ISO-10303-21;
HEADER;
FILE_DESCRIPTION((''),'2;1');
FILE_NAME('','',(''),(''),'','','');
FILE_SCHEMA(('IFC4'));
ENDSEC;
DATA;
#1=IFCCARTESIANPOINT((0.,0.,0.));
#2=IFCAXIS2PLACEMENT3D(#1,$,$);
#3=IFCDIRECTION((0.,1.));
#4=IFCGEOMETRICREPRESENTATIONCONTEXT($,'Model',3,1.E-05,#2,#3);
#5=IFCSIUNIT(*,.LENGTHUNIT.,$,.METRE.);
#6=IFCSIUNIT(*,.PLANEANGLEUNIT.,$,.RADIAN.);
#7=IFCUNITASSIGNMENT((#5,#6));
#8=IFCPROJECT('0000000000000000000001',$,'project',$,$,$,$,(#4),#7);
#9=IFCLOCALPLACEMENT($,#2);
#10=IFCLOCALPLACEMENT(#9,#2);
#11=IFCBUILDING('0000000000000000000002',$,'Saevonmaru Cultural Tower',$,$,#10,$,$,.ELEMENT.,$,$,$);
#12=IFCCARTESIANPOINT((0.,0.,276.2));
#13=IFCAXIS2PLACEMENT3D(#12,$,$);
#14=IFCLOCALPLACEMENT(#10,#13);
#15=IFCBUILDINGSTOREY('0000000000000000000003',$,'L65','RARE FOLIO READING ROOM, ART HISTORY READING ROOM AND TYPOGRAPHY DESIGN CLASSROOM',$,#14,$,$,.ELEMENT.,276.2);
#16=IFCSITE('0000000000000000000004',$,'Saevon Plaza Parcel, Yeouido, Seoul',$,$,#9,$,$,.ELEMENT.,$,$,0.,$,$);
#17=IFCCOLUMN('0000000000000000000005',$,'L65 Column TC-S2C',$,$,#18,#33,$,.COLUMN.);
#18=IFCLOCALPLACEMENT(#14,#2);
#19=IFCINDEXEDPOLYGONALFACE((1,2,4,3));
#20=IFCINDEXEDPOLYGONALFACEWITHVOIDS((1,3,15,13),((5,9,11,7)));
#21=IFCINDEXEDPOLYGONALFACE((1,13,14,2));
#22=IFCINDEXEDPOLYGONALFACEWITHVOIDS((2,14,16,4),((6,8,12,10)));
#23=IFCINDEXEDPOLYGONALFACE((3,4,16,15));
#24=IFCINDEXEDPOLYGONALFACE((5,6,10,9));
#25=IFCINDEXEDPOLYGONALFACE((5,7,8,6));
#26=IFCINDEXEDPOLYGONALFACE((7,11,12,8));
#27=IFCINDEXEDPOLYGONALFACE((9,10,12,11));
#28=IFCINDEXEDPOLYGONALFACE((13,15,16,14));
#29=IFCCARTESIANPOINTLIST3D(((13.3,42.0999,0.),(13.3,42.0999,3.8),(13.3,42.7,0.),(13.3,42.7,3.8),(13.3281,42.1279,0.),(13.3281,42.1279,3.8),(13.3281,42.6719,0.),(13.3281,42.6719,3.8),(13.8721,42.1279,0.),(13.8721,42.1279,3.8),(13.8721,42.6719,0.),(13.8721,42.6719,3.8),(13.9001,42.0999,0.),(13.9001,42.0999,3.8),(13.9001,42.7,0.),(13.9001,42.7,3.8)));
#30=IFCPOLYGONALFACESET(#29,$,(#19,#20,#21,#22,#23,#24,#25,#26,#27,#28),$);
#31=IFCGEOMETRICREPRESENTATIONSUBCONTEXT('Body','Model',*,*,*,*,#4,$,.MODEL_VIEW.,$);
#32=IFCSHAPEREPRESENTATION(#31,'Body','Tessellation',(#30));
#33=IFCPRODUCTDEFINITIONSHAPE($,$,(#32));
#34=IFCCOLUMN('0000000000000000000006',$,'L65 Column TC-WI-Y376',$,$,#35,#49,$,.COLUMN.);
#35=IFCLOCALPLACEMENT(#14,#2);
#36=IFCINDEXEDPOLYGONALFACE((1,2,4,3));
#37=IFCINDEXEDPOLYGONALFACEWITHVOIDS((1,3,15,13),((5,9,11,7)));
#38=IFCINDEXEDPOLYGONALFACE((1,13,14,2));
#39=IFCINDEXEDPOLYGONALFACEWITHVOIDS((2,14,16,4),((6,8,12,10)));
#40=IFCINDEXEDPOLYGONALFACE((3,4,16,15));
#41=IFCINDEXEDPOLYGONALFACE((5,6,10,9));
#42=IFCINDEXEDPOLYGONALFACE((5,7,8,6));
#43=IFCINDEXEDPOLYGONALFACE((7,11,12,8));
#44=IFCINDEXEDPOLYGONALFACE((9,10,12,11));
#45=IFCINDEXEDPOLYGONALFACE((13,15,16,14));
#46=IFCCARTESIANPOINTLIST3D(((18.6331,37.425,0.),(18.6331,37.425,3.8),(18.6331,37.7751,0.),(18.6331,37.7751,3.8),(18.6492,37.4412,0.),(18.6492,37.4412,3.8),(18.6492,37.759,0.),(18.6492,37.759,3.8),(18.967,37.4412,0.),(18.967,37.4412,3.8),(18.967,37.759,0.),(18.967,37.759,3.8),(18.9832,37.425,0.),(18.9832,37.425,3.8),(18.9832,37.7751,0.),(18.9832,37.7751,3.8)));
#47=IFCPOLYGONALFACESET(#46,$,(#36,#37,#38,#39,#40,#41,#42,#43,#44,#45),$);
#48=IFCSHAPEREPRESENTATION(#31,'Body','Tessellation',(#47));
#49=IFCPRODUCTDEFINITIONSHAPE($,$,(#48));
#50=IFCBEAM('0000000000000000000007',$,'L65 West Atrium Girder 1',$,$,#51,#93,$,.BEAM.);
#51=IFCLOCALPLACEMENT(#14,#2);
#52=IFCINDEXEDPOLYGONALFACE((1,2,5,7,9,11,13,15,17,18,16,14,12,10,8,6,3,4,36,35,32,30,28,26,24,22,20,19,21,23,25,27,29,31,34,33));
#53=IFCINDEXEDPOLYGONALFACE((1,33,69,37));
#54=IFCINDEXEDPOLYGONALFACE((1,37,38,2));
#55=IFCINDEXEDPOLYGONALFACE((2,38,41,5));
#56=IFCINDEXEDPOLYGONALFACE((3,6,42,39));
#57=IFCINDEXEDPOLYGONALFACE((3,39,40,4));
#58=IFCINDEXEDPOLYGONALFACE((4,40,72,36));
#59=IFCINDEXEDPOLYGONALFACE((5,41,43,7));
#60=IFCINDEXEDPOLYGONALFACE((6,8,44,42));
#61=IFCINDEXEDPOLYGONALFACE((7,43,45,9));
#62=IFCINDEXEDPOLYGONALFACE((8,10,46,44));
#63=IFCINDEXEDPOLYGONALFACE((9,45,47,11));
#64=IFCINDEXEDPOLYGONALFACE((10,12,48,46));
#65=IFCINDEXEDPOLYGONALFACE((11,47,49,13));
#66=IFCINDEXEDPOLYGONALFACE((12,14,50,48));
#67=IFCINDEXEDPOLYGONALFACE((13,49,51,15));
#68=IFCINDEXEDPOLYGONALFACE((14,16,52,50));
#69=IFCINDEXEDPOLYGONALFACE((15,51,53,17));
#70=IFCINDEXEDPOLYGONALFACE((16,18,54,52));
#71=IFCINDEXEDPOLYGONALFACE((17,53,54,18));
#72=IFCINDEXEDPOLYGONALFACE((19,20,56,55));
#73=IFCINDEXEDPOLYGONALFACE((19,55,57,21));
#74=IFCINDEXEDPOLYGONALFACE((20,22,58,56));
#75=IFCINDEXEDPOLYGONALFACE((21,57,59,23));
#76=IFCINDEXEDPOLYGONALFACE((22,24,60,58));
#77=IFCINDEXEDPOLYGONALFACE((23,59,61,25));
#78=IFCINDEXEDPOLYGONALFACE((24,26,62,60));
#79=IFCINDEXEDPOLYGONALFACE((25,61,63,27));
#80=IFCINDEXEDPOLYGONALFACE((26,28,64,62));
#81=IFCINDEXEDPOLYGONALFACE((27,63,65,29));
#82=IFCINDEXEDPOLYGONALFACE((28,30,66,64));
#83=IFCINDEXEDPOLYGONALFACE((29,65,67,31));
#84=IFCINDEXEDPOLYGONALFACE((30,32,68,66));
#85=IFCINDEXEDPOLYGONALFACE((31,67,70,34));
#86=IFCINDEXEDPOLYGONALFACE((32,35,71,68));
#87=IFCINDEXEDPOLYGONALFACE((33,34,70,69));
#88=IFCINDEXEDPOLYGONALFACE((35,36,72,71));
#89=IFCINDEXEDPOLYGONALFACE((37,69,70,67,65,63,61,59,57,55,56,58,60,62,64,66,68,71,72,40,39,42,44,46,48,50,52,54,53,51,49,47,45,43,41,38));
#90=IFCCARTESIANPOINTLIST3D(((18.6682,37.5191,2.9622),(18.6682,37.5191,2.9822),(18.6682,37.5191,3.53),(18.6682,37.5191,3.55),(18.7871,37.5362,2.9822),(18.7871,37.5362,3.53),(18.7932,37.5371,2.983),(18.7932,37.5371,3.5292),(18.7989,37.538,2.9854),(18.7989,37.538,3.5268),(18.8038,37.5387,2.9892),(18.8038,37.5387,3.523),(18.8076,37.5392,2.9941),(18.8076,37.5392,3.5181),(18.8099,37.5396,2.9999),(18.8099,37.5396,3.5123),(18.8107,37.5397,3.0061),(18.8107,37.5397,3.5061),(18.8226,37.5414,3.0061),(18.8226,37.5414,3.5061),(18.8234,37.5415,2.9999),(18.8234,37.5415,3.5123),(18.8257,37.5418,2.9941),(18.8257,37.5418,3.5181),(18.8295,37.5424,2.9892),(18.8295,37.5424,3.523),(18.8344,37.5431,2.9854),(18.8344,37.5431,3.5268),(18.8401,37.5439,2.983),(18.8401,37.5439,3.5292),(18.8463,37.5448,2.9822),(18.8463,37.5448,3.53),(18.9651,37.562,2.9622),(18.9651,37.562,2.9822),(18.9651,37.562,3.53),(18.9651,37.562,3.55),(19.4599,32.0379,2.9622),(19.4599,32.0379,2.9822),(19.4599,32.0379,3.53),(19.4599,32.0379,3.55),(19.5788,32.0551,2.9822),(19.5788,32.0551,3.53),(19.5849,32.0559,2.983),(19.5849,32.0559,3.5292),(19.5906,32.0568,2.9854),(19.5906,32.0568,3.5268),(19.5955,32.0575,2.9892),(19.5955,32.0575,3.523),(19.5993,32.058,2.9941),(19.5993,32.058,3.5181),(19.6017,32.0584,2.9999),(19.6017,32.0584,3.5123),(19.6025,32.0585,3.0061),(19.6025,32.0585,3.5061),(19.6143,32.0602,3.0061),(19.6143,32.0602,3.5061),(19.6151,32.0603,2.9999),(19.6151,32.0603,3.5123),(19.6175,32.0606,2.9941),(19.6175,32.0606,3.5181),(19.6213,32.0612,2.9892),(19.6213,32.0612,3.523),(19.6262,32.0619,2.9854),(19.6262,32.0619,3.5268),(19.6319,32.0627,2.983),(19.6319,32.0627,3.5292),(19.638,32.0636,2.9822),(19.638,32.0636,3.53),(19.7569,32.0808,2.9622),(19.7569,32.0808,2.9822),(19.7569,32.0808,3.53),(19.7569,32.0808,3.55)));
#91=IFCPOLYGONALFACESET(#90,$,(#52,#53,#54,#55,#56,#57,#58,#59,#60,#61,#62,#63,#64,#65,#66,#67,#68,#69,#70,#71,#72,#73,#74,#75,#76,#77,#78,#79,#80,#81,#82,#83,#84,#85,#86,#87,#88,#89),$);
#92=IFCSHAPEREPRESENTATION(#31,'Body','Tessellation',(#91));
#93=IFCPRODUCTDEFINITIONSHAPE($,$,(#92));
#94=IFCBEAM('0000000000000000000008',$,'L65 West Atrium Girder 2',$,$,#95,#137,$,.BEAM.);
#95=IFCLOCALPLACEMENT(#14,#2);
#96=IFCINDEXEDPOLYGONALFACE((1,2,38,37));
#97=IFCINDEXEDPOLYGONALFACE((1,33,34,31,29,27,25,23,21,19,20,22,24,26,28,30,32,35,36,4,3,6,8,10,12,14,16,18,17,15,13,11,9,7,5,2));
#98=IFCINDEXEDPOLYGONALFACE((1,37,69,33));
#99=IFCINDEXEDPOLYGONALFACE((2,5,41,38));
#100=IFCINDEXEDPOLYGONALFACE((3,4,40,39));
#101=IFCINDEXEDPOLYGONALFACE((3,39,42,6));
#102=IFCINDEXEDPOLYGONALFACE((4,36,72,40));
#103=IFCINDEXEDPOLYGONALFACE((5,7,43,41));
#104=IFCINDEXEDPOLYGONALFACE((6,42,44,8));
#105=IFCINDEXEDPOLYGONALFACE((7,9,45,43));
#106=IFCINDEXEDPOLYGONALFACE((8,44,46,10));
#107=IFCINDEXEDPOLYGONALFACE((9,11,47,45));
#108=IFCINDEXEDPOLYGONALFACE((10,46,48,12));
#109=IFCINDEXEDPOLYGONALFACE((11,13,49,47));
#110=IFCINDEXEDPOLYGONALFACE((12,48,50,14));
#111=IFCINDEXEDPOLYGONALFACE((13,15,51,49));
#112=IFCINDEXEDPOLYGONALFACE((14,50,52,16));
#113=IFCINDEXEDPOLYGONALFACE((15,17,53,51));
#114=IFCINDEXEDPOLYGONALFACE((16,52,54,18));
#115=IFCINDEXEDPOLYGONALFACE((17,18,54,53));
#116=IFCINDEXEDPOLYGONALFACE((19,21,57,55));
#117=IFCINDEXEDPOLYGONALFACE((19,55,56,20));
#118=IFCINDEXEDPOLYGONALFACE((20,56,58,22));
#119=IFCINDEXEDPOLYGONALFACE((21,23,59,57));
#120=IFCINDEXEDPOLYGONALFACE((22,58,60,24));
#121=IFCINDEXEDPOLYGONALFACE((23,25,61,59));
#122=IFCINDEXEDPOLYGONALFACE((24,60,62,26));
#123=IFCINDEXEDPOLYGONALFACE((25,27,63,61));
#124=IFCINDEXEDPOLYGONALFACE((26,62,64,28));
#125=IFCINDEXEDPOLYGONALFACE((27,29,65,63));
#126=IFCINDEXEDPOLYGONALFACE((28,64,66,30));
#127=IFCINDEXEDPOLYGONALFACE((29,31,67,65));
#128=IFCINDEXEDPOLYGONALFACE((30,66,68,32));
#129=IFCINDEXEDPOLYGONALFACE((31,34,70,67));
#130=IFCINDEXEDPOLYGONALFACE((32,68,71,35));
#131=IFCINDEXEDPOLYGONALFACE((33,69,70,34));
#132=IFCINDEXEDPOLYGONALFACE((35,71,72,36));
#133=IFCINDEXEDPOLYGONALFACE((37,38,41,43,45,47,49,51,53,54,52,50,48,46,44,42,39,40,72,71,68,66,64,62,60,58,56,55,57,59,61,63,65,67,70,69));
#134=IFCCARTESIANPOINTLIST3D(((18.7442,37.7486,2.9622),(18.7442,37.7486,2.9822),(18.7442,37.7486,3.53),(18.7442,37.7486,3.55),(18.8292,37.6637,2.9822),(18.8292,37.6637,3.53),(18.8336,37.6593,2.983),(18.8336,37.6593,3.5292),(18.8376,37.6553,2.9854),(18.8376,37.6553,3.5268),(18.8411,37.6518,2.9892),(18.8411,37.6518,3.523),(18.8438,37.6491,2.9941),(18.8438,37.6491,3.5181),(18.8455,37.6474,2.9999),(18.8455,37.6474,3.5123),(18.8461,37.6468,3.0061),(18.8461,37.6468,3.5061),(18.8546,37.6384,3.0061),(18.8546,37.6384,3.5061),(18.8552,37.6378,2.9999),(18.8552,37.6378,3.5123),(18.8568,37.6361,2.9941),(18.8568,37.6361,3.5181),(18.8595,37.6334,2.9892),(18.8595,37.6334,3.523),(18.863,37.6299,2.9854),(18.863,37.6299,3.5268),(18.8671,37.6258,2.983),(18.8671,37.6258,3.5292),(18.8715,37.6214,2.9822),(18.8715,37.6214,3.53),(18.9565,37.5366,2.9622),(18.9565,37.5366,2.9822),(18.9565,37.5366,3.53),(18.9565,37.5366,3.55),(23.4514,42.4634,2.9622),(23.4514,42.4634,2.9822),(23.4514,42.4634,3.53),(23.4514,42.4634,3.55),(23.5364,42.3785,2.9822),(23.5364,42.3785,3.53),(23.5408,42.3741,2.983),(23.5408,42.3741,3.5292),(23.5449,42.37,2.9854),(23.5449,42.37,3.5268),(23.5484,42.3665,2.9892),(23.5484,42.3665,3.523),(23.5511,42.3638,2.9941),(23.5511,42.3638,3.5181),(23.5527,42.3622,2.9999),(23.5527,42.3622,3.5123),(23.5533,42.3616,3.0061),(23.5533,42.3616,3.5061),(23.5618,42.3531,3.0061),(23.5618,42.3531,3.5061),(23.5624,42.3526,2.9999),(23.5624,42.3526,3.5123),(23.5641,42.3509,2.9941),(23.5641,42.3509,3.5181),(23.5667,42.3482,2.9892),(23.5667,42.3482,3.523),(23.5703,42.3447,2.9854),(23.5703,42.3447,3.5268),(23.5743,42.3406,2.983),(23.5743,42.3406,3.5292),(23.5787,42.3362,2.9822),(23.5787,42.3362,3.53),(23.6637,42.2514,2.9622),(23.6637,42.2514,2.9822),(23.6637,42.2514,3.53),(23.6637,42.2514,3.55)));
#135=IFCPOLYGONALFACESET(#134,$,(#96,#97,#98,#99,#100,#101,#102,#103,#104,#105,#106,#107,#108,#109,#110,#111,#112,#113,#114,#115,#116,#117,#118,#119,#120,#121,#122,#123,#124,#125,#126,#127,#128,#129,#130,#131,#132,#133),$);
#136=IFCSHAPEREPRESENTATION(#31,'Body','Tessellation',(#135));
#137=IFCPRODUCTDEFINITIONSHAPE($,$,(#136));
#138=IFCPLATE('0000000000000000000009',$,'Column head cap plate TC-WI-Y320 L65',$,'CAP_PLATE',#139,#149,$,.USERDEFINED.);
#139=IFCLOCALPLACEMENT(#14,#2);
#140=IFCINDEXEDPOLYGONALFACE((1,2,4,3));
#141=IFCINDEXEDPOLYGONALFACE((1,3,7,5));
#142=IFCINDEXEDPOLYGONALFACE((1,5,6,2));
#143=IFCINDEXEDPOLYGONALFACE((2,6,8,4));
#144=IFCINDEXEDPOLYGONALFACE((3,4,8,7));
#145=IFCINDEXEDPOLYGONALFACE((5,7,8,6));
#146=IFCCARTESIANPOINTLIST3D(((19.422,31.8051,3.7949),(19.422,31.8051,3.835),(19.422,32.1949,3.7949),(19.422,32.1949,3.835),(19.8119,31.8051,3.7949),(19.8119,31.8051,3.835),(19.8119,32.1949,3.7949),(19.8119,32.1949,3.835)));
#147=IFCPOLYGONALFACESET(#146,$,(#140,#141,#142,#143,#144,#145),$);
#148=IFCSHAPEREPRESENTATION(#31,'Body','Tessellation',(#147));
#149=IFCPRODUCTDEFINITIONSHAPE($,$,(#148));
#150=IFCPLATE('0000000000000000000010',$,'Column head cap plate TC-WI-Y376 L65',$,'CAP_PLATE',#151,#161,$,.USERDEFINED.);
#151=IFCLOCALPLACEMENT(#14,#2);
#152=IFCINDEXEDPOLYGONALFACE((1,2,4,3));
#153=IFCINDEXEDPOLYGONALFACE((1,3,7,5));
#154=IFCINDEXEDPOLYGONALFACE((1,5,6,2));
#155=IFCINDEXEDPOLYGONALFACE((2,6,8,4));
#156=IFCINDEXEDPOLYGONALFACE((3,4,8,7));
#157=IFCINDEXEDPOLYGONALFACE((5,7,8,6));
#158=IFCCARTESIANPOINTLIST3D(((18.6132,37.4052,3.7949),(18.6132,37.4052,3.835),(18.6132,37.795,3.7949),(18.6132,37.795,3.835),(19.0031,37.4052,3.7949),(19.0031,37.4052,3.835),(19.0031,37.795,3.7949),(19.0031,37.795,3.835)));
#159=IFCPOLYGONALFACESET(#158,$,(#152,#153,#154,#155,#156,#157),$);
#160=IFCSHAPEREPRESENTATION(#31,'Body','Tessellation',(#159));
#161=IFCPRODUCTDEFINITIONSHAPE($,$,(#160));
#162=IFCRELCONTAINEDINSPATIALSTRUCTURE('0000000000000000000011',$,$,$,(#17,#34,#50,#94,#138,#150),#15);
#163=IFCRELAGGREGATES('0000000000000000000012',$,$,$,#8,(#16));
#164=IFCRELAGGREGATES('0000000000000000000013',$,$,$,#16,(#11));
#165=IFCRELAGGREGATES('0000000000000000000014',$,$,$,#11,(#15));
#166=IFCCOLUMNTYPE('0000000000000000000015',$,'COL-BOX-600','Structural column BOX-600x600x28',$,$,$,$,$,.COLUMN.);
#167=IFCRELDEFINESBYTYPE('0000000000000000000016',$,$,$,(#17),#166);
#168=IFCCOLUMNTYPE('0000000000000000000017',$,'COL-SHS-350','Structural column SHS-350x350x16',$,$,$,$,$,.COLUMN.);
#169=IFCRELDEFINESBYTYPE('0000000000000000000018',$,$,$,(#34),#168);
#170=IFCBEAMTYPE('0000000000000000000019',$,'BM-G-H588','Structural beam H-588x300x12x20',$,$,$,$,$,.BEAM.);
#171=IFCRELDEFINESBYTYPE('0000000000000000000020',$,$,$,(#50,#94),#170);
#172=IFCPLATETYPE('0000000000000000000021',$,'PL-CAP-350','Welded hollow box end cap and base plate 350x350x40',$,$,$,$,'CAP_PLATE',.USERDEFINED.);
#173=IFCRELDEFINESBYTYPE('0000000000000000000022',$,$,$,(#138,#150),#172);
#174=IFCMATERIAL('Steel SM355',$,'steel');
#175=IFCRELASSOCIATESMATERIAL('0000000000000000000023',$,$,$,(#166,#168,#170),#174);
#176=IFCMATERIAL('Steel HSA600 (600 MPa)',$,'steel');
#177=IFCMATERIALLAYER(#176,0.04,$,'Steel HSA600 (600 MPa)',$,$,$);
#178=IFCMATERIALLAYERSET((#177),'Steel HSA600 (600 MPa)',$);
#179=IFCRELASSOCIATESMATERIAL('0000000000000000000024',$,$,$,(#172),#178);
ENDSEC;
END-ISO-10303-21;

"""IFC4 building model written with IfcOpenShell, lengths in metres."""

from ifc_helpers import new_model, si_unit, direction, frame, origin, origin_2d, place, context, subcontext, project, spatial, rectangle, hollow_rectangle, i_section, extrude, material, layer, layer_set, material_profile, profile_set, type_object, element, save


model = new_model("IFC4")

# Units and contexts
model_context = context("Model", 3, precision=1e-05, world=origin(), true_north=direction((0.0, 1.0)))
body_context = subcontext(model_context, "Body", "Model", "MODEL_VIEW")
ifc_project = project(units=[si_unit("LENGTHUNIT", "METRE"), si_unit("PLANEANGLEUNIT", "RADIAN")], contexts=[model_context])

# Site, building, storey
site_placement = place(None, origin())
site = spatial("IfcSite", under=ifc_project, at=site_placement, Name="Saevon Plaza Parcel, Yeouido, Seoul", CompositionType="ELEMENT", RefElevation=0.0)
building_placement = place(site_placement, origin())
building = spatial("IfcBuilding", under=site, at=building_placement, Name="Saevonmaru Cultural Tower", CompositionType="ELEMENT")
storey_placement = place(building_placement, frame((0.0, 0.0, 276.2)))
storey = spatial("IfcBuildingStorey", under=building, at=storey_placement, Name="L65", Description="RARE FOLIO READING ROOM, ART HISTORY READING ROOM AND TYPOGRAPHY DESIGN CLASSROOM", CompositionType="ELEMENT", Elevation=276.2)

# Columns
ifc_material_1 = material(Name="Steel SM355", Category="steel")
ifc_material_profile_1 = material_profile(ifc_material_1, hollow_rectangle(XDim=0.6001, YDim=0.6001, WallThickness=0.0281, at=origin_2d()), Name="BOX-600x600x28")
ifc_profile_set_1 = profile_set([ifc_material_profile_1], Name="Steel SM355")
column_type_1 = type_object("IfcColumnType", Name="COL-BOX-600", Description="Structural column BOX-600x600x28", PredefinedType="COLUMN", material=ifc_profile_set_1)
column_1_placement = place(storey_placement, frame((13.6001, 42.3999, 0.0), z_axis=(0.0, 0.0, 1.0), x_axis=(1.0, 0.0, 0.0)))
element("IfcColumn", 1, at=column_1_placement, inside=storey, type_object=column_type_1, Name="L65 Column TC-S2C", PredefinedType="COLUMN", context=body_context, shape_type="SweptSolid", body=[
    extrude(hollow_rectangle(XDim=0.6001, YDim=0.6001, WallThickness=0.0281, at=origin_2d()), origin(), (0.0, 0.0, 1.0), 3.8),
])
ifc_material_profile_2 = material_profile(ifc_material_1, hollow_rectangle(XDim=0.3501, YDim=0.3501, WallThickness=0.0161, at=origin_2d()), Name="SHS-350x350x16")
ifc_profile_set_2 = profile_set([ifc_material_profile_2], Name="Steel SM355")
column_type_2 = type_object("IfcColumnType", Name="COL-SHS-350", Description="Structural column SHS-350x350x16", PredefinedType="COLUMN", material=ifc_profile_set_2)
column_2_placement = place(storey_placement, frame((18.8081, 37.6001, 0.0), z_axis=(0.0, 0.0, 1.0), x_axis=(1.0, 0.0, 0.0)))
element("IfcColumn", 2, at=column_2_placement, inside=storey, type_object=column_type_2, Name="L65 Column TC-WI-Y376", PredefinedType="COLUMN", context=body_context, shape_type="SweptSolid", body=[
    extrude(hollow_rectangle(XDim=0.3501, YDim=0.3501, WallThickness=0.0161, at=origin_2d()), origin(), (0.0, 0.0, 1.0), 3.8),
])

# Beams
ifc_material_profile_3 = material_profile(ifc_material_1, i_section(OverallWidth=0.3, OverallDepth=0.5879, WebThickness=0.012, FlangeThickness=0.02, FilletRadius=0.0239, at=origin_2d()), Name="H-588x300x12x20")
ifc_profile_set_3 = profile_set([ifc_material_profile_3], Name="Steel SM355")
beam_type = type_object("IfcBeamType", Name="BM-G-H588", Description="Structural beam H-588x300x12x20", PredefinedType="BEAM", material=ifc_profile_set_3)
beam_1_placement = place(storey_placement, frame((19.6084, 32.0593, 3.2561), z_axis=(-0.142964, 0.989728, 0.0), x_axis=(-0.989728, -0.142964, 0.0)))
element("IfcBeam", 3, at=beam_1_placement, inside=storey, type_object=beam_type, Name="L65 West Atrium Girder 1", PredefinedType="BEAM", context=body_context, shape_type="SweptSolid", body=[
    extrude(i_section(OverallWidth=0.3, OverallDepth=0.5879, WebThickness=0.012, FlangeThickness=0.02, FilletRadius=0.0239, at=origin_2d()), origin(), (0.0, 0.0, 1.0), 5.5381),
])
beam_2_placement = place(storey_placement, frame((18.8503, 37.6426, 3.2561), z_axis=(0.706539, 0.707675, 0.0), x_axis=(-0.707675, 0.706539, 0.0)))
element("IfcBeam", 4, at=beam_2_placement, inside=storey, type_object=beam_type, Name="L65 West Atrium Girder 2", PredefinedType="BEAM", context=body_context, shape_type="SweptSolid", body=[
    extrude(i_section(OverallWidth=0.3, OverallDepth=0.5879, WebThickness=0.012, FlangeThickness=0.02, FilletRadius=0.0239, at=origin_2d()), origin(), (0.0, 0.0, 1.0), 6.6624),
])

# Plates
ifc_material_2 = material(Name="Steel HSA600 (600 MPa)", Category="steel")
ifc_layer_1 = layer(ifc_material_2, 0.04, Name="Steel HSA600 (600 MPa)")
ifc_layer_set_1 = layer_set([ifc_layer_1], Name="Steel HSA600 (600 MPa)")
plate_type = type_object("IfcPlateType", Name="PL-CAP-350", Description="Welded hollow box end cap and base plate 350x350x40", ElementType="CAP_PLATE", PredefinedType="USERDEFINED", material=ifc_layer_set_1)
for number, where, z_axis, x_axis, name in (
    (5, (19.6169, 32.0, 3.7949), (0.0, 0.0, 1.0), (1.0, 0.0, 0.0), "Column head cap plate TC-WI-Y320 L65"),
    (6, (18.8081, 37.6001, 3.7949), (0.0, 0.0, 1.0), (1.0, 0.0, 0.0), "Column head cap plate TC-WI-Y376 L65"),
):
    element("IfcPlate", number, at=place(storey_placement, frame(where, z_axis=z_axis, x_axis=x_axis)), inside=storey, type_object=plate_type, Name=name, ObjectType="CAP_PLATE", PredefinedType="USERDEFINED", context=body_context, shape_type="SweptSolid", body=[
        extrude(rectangle(XDim=0.3899, YDim=0.3899, at=origin_2d()), origin(), (0.0, 0.0, 1.0), 0.04),
    ])

save(model, "model.ifc")
